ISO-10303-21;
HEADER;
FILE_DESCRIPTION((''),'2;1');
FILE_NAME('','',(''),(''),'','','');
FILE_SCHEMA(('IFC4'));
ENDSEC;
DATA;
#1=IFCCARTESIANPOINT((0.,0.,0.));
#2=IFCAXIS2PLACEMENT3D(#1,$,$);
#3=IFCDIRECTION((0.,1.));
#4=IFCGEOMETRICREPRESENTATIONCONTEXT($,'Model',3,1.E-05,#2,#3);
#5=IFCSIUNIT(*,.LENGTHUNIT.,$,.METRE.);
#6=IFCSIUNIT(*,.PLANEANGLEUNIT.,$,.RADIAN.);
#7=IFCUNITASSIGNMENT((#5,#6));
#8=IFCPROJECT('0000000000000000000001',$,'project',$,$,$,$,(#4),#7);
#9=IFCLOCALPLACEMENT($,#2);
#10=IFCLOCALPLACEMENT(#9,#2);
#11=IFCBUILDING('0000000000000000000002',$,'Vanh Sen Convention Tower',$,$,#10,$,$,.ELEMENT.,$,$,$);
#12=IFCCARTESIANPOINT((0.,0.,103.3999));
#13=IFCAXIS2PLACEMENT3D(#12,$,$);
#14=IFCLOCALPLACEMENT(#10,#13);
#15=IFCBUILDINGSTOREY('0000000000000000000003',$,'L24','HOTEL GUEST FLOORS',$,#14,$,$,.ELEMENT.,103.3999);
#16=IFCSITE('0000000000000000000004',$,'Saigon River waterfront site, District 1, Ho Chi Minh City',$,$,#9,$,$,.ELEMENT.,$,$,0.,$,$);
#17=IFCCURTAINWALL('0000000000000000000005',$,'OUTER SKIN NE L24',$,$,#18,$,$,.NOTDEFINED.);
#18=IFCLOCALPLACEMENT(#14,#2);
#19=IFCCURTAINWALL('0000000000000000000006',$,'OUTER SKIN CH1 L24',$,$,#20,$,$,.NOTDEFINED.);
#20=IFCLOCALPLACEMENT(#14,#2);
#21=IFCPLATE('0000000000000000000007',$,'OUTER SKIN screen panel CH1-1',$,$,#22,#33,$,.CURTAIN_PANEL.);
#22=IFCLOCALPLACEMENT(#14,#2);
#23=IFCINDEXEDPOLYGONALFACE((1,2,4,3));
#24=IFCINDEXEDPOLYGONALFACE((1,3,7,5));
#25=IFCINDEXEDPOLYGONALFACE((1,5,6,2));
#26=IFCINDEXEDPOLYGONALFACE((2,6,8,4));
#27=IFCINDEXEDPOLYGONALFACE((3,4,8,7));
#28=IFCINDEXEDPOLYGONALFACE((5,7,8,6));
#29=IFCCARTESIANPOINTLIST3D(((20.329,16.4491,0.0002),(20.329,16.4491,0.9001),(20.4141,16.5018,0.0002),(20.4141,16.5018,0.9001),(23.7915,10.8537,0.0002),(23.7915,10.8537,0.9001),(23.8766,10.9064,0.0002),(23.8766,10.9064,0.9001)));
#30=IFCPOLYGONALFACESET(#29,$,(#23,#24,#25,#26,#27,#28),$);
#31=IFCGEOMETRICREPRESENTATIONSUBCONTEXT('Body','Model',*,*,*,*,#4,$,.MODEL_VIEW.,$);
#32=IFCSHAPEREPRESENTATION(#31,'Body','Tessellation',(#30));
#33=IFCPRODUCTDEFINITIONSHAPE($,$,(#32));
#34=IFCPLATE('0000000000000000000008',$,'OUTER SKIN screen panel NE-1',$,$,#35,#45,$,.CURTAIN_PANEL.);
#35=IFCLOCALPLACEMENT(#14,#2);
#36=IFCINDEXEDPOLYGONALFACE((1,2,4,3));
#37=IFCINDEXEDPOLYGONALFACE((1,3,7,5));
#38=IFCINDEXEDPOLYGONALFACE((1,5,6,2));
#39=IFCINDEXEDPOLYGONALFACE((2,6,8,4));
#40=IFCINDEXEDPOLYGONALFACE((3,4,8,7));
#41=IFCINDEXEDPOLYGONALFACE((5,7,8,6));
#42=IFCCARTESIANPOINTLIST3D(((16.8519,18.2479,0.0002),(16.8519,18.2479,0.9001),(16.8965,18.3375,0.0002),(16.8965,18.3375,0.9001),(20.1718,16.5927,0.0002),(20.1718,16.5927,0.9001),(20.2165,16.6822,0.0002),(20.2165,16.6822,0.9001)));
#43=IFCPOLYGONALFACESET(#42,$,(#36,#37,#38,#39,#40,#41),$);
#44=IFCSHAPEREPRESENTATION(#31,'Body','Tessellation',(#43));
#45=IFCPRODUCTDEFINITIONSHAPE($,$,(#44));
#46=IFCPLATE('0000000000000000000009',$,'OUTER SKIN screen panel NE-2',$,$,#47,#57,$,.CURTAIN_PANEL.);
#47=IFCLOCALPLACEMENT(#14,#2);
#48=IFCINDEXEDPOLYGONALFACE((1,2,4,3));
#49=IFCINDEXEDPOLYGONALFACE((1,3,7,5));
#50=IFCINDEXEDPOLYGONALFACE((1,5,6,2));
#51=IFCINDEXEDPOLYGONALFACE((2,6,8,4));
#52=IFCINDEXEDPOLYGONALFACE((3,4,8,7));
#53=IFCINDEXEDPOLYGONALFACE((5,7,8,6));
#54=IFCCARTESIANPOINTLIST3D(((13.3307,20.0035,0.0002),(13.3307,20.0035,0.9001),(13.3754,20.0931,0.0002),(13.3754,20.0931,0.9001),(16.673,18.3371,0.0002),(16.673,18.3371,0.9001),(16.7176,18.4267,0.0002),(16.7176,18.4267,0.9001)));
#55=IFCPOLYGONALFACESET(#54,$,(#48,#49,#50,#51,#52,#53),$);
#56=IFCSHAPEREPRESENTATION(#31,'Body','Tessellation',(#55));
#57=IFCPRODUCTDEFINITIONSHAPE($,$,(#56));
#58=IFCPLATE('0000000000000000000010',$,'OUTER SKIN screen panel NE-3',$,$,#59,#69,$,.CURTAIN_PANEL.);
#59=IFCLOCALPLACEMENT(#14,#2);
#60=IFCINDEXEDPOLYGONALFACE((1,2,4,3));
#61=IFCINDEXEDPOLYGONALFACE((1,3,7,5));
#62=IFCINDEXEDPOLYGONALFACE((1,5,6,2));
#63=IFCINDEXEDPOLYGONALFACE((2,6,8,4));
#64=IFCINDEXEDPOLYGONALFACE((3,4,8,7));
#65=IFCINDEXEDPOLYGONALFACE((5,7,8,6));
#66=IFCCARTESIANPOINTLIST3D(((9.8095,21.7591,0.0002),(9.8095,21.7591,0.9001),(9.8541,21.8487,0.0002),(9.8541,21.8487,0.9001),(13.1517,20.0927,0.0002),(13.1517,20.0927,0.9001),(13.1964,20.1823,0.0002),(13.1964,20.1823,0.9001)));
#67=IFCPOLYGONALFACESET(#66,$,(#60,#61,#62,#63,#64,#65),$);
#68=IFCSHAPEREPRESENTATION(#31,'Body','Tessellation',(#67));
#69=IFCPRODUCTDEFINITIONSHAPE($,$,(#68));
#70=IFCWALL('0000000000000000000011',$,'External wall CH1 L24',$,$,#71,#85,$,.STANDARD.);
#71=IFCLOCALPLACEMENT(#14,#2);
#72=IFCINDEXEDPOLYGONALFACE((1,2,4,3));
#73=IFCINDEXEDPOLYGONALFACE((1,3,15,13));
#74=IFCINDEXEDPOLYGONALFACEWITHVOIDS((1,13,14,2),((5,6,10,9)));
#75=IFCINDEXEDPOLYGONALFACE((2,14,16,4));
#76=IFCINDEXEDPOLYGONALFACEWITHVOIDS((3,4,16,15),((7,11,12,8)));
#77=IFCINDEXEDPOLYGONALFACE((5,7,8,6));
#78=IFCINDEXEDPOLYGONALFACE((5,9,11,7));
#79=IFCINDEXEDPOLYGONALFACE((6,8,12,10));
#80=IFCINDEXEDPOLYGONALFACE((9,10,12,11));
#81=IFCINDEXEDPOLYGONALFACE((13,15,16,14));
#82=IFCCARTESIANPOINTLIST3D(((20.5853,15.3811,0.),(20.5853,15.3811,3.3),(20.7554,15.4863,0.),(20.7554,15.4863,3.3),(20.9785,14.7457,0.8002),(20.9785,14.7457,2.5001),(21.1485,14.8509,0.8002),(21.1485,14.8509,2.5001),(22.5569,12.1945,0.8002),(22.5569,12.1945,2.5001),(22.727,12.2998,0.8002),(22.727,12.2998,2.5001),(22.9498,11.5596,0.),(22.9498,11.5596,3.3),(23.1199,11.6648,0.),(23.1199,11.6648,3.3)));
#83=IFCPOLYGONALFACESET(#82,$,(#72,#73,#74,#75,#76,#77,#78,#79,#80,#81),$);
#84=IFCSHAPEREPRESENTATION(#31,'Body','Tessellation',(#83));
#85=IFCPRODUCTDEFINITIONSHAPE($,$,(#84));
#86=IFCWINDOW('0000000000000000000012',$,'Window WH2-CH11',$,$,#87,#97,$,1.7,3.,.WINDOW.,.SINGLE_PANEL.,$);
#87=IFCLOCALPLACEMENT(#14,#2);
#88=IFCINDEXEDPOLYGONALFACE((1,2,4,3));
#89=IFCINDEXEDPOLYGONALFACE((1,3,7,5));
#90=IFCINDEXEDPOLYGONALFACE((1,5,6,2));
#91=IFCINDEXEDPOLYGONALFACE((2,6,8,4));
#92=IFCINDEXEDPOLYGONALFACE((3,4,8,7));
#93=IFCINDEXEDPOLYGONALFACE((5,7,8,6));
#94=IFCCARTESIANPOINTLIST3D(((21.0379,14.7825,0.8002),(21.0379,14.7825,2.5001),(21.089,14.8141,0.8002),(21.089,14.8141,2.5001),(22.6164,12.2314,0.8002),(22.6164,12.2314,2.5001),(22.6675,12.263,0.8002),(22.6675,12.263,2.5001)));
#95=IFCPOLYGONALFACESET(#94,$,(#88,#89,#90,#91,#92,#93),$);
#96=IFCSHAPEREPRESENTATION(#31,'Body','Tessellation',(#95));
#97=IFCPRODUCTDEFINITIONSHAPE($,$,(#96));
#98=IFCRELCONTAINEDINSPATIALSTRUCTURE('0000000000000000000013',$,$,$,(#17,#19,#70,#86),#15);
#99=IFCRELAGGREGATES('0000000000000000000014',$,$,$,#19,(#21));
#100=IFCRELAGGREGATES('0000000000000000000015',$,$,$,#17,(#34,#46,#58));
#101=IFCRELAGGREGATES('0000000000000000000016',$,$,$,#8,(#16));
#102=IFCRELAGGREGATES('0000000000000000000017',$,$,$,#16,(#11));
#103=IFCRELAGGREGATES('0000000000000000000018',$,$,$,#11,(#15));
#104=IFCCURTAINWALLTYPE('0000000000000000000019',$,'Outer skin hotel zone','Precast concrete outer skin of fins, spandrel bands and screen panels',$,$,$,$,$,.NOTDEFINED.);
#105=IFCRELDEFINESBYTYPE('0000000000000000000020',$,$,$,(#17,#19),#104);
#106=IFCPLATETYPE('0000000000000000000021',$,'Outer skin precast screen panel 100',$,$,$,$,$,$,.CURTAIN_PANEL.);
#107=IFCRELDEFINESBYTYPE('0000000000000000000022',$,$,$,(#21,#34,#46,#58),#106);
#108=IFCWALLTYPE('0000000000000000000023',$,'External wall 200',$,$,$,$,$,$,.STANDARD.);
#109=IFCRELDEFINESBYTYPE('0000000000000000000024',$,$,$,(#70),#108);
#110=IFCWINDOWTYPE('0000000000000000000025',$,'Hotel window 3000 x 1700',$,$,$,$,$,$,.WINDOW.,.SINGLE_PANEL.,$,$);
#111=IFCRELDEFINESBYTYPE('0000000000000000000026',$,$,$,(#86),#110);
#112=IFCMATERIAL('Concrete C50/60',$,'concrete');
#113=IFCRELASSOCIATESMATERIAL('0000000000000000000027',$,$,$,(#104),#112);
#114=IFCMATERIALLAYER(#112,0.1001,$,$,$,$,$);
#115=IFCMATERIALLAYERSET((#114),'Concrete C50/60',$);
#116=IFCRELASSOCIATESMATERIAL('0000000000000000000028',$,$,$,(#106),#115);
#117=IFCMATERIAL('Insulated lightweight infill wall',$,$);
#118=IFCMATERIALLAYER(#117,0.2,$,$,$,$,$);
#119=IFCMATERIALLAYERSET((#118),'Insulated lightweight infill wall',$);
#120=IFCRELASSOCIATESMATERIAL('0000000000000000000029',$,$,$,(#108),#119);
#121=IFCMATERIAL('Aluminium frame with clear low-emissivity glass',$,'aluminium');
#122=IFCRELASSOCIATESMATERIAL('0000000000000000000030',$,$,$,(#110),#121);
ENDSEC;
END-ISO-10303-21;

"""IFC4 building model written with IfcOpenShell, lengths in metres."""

from ifc_helpers import new_model, si_unit, direction, frame, frame_2d, origin, origin_2d, place, context, subcontext, project, spatial, rectangle, extrude, material, layer, layer_set, type_object, element, fill, aggregate, save


model = new_model("IFC4")

# Units and contexts
model_context = context("Model", 3, precision=1e-05, world=origin(), true_north=direction((0.0, 1.0)))
body_context = subcontext(model_context, "Body", "Model", "MODEL_VIEW")
ifc_project = project(units=[si_unit("LENGTHUNIT", "METRE"), si_unit("PLANEANGLEUNIT", "RADIAN")], contexts=[model_context])

# Site, building, storey
site_placement = place(None, origin())
site = spatial("IfcSite", under=ifc_project, at=site_placement, Name="Saigon River waterfront site, District 1, Ho Chi Minh City", CompositionType="ELEMENT", RefElevation=0.0)
building_placement = place(site_placement, origin())
building = spatial("IfcBuilding", under=site, at=building_placement, Name="Vanh Sen Convention Tower", CompositionType="ELEMENT")
storey_placement = place(building_placement, frame((0.0, 0.0, 103.3999)))
storey = spatial("IfcBuildingStorey", under=building, at=storey_placement, Name="L24", Description="HOTEL GUEST FLOORS", CompositionType="ELEMENT", Elevation=103.3999)

# Curtain wall
ifc_material_1 = material(Name="Concrete C50/60", Category="concrete")
curtain_wall_type = type_object("IfcCurtainWallType", Name="Outer skin hotel zone", Description="Precast concrete outer skin of fins, spandrel bands and screen panels", PredefinedType="NOTDEFINED", material=ifc_material_1)
curtain_wall_1_placement = place(storey_placement, origin())
curtain_wall_1 = element("IfcCurtainWall", 1, at=curtain_wall_1_placement, inside=storey, type_object=curtain_wall_type, Name="OUTER SKIN NE L24", PredefinedType="NOTDEFINED")

# Curtain wall, plate
curtain_wall_2_placement = place(storey_placement, origin())
curtain_wall_2 = element("IfcCurtainWall", 2, at=curtain_wall_2_placement, inside=storey, type_object=curtain_wall_type, Name="OUTER SKIN CH1 L24", PredefinedType="NOTDEFINED")
ifc_layer_1 = layer(ifc_material_1, 0.1001)
ifc_layer_set_1 = layer_set([ifc_layer_1], Name="Concrete C50/60")
plate_type = type_object("IfcPlateType", Name="Outer skin precast screen panel 100", PredefinedType="CURTAIN_PANEL", material=ifc_layer_set_1)
plate_1_placement = place(storey_placement, frame((22.1028, 13.6777, 0.0002), z_axis=(0.0, 0.0, 1.0), x_axis=(-0.526212, 0.850353, 0.0)))
plate_1 = element("IfcPlate", 3, at=plate_1_placement, type_object=plate_type, Name="OUTER SKIN screen panel CH1-1", PredefinedType="CURTAIN_PANEL", context=body_context, shape_type="SweptSolid", body=[
    extrude(rectangle(XDim=6.5801, YDim=0.1001, at=origin_2d()), origin(), (0.0, 0.0, 1.0), 0.8999),
])
aggregate(curtain_wall_2, [plate_1])

# Plates
plate_2_placement = place(storey_placement, frame((18.5342, 17.4651, 0.0002), z_axis=(0.0, 0.0, 1.0), x_axis=(-0.894935, 0.446196, 0.0)))
plate_2 = element("IfcPlate", 4, at=plate_2_placement, type_object=plate_type, Name="OUTER SKIN screen panel NE-1", PredefinedType="CURTAIN_PANEL", context=body_context, shape_type="SweptSolid", body=[
    extrude(rectangle(XDim=3.7097, YDim=0.1001, at=origin_2d()), origin(), (0.0, 0.0, 1.0), 0.8999),
])
plate_3_placement = place(storey_placement, frame((15.0242, 19.2151, 0.0002), z_axis=(0.0, 0.0, 1.0), x_axis=(-0.894935, 0.446196, 0.0)))
plate_3 = element("IfcPlate", 5, at=plate_3_placement, type_object=plate_type, Name="OUTER SKIN screen panel NE-2", PredefinedType="CURTAIN_PANEL", context=body_context, shape_type="SweptSolid", body=[
    extrude(rectangle(XDim=3.7346, YDim=0.1001, at=origin_2d()), origin(), (0.0, 0.0, 1.0), 0.8999),
])
plate_4_placement = place(storey_placement, frame((11.5029, 20.9707, 0.0002), z_axis=(0.0, 0.0, 1.0), x_axis=(-0.894935, 0.446196, 0.0)))
plate_4 = element("IfcPlate", 6, at=plate_4_placement, type_object=plate_type, Name="OUTER SKIN screen panel NE-3", PredefinedType="CURTAIN_PANEL", context=body_context, shape_type="SweptSolid", body=[
    extrude(rectangle(XDim=3.7346, YDim=0.1001, at=origin_2d()), origin(), (0.0, 0.0, 1.0), 0.8999),
])
aggregate(curtain_wall_1, [plate_2, plate_3, plate_4])

# Wall, opening, window
ifc_material_2 = material(Name="Insulated lightweight infill wall")
ifc_layer_2 = layer(ifc_material_2, 0.2)
ifc_layer_set_2 = layer_set([ifc_layer_2], Name="Insulated lightweight infill wall")
wall_type_1 = type_object("IfcWallType", Name="External wall 200", PredefinedType="STANDARD", material=ifc_layer_set_2)
wall_1_placement = place(storey_placement, frame((23.0349, 11.6121, 0.0), z_axis=(0.0, 0.0, 1.0), x_axis=(-0.52616, 0.850386, 0.0)))
wall_1 = element("IfcWall", 7, at=wall_1_placement, inside=storey, type_object=wall_type_1, Name="External wall CH1 L24", PredefinedType="STANDARD", context=body_context, shape_type="SweptSolid", body=[
    extrude(rectangle(XDim=4.4939, YDim=0.2, at=frame_2d((2.2471, 0.0))), origin(), (0.0, 0.0, 1.0), 3.3),
])
opening_1_placement = place(wall_1_placement, frame((0.7468, 0.0, 0.8)))
opening_1 = element("IfcOpeningElement", 8, at=opening_1_placement, cuts=wall_1, PredefinedType="OPENING", context=body_context, shape_type="SweptSolid", body=[
    extrude(rectangle(XDim=3.0, YDim=1.7, at=frame_2d((1.5, 0.8501))), frame((0.0, 0.1099, 0.0), z_axis=(0.0, -1.0, 0.0), x_axis=(1.0, 0.0, 0.0)), (0.0, 0.0, 1.0), 0.22),
])
ifc_material_3 = material(Name="Aluminium frame with clear low-emissivity glass", Category="aluminium")
window_type_1 = type_object("IfcWindowType", Name="Hotel window 3000 x 1700", PartitioningType="SINGLE_PANEL", PredefinedType="WINDOW", material=ifc_material_3)
window_1_placement = place(opening_1_placement, origin())
window_1 = element("IfcWindow", 9, at=window_1_placement, inside=storey, type_object=window_type_1, Name="Window WH2-CH11", OverallHeight=1.7, OverallWidth=3.0, PartitioningType="SINGLE_PANEL", PredefinedType="WINDOW", context=body_context, shape_type="SweptSolid", body=[
    extrude(rectangle(XDim=3.0, YDim=1.7, at=frame_2d((1.5, 0.8501))), frame((0.0, 0.03, 0.0), z_axis=(0.0, -1.0, 0.0), x_axis=(1.0, 0.0, 0.0)), (0.0, 0.0, 1.0), 0.0601),
])
fill(opening_1, window_1)

save(model, "model.ifc")
